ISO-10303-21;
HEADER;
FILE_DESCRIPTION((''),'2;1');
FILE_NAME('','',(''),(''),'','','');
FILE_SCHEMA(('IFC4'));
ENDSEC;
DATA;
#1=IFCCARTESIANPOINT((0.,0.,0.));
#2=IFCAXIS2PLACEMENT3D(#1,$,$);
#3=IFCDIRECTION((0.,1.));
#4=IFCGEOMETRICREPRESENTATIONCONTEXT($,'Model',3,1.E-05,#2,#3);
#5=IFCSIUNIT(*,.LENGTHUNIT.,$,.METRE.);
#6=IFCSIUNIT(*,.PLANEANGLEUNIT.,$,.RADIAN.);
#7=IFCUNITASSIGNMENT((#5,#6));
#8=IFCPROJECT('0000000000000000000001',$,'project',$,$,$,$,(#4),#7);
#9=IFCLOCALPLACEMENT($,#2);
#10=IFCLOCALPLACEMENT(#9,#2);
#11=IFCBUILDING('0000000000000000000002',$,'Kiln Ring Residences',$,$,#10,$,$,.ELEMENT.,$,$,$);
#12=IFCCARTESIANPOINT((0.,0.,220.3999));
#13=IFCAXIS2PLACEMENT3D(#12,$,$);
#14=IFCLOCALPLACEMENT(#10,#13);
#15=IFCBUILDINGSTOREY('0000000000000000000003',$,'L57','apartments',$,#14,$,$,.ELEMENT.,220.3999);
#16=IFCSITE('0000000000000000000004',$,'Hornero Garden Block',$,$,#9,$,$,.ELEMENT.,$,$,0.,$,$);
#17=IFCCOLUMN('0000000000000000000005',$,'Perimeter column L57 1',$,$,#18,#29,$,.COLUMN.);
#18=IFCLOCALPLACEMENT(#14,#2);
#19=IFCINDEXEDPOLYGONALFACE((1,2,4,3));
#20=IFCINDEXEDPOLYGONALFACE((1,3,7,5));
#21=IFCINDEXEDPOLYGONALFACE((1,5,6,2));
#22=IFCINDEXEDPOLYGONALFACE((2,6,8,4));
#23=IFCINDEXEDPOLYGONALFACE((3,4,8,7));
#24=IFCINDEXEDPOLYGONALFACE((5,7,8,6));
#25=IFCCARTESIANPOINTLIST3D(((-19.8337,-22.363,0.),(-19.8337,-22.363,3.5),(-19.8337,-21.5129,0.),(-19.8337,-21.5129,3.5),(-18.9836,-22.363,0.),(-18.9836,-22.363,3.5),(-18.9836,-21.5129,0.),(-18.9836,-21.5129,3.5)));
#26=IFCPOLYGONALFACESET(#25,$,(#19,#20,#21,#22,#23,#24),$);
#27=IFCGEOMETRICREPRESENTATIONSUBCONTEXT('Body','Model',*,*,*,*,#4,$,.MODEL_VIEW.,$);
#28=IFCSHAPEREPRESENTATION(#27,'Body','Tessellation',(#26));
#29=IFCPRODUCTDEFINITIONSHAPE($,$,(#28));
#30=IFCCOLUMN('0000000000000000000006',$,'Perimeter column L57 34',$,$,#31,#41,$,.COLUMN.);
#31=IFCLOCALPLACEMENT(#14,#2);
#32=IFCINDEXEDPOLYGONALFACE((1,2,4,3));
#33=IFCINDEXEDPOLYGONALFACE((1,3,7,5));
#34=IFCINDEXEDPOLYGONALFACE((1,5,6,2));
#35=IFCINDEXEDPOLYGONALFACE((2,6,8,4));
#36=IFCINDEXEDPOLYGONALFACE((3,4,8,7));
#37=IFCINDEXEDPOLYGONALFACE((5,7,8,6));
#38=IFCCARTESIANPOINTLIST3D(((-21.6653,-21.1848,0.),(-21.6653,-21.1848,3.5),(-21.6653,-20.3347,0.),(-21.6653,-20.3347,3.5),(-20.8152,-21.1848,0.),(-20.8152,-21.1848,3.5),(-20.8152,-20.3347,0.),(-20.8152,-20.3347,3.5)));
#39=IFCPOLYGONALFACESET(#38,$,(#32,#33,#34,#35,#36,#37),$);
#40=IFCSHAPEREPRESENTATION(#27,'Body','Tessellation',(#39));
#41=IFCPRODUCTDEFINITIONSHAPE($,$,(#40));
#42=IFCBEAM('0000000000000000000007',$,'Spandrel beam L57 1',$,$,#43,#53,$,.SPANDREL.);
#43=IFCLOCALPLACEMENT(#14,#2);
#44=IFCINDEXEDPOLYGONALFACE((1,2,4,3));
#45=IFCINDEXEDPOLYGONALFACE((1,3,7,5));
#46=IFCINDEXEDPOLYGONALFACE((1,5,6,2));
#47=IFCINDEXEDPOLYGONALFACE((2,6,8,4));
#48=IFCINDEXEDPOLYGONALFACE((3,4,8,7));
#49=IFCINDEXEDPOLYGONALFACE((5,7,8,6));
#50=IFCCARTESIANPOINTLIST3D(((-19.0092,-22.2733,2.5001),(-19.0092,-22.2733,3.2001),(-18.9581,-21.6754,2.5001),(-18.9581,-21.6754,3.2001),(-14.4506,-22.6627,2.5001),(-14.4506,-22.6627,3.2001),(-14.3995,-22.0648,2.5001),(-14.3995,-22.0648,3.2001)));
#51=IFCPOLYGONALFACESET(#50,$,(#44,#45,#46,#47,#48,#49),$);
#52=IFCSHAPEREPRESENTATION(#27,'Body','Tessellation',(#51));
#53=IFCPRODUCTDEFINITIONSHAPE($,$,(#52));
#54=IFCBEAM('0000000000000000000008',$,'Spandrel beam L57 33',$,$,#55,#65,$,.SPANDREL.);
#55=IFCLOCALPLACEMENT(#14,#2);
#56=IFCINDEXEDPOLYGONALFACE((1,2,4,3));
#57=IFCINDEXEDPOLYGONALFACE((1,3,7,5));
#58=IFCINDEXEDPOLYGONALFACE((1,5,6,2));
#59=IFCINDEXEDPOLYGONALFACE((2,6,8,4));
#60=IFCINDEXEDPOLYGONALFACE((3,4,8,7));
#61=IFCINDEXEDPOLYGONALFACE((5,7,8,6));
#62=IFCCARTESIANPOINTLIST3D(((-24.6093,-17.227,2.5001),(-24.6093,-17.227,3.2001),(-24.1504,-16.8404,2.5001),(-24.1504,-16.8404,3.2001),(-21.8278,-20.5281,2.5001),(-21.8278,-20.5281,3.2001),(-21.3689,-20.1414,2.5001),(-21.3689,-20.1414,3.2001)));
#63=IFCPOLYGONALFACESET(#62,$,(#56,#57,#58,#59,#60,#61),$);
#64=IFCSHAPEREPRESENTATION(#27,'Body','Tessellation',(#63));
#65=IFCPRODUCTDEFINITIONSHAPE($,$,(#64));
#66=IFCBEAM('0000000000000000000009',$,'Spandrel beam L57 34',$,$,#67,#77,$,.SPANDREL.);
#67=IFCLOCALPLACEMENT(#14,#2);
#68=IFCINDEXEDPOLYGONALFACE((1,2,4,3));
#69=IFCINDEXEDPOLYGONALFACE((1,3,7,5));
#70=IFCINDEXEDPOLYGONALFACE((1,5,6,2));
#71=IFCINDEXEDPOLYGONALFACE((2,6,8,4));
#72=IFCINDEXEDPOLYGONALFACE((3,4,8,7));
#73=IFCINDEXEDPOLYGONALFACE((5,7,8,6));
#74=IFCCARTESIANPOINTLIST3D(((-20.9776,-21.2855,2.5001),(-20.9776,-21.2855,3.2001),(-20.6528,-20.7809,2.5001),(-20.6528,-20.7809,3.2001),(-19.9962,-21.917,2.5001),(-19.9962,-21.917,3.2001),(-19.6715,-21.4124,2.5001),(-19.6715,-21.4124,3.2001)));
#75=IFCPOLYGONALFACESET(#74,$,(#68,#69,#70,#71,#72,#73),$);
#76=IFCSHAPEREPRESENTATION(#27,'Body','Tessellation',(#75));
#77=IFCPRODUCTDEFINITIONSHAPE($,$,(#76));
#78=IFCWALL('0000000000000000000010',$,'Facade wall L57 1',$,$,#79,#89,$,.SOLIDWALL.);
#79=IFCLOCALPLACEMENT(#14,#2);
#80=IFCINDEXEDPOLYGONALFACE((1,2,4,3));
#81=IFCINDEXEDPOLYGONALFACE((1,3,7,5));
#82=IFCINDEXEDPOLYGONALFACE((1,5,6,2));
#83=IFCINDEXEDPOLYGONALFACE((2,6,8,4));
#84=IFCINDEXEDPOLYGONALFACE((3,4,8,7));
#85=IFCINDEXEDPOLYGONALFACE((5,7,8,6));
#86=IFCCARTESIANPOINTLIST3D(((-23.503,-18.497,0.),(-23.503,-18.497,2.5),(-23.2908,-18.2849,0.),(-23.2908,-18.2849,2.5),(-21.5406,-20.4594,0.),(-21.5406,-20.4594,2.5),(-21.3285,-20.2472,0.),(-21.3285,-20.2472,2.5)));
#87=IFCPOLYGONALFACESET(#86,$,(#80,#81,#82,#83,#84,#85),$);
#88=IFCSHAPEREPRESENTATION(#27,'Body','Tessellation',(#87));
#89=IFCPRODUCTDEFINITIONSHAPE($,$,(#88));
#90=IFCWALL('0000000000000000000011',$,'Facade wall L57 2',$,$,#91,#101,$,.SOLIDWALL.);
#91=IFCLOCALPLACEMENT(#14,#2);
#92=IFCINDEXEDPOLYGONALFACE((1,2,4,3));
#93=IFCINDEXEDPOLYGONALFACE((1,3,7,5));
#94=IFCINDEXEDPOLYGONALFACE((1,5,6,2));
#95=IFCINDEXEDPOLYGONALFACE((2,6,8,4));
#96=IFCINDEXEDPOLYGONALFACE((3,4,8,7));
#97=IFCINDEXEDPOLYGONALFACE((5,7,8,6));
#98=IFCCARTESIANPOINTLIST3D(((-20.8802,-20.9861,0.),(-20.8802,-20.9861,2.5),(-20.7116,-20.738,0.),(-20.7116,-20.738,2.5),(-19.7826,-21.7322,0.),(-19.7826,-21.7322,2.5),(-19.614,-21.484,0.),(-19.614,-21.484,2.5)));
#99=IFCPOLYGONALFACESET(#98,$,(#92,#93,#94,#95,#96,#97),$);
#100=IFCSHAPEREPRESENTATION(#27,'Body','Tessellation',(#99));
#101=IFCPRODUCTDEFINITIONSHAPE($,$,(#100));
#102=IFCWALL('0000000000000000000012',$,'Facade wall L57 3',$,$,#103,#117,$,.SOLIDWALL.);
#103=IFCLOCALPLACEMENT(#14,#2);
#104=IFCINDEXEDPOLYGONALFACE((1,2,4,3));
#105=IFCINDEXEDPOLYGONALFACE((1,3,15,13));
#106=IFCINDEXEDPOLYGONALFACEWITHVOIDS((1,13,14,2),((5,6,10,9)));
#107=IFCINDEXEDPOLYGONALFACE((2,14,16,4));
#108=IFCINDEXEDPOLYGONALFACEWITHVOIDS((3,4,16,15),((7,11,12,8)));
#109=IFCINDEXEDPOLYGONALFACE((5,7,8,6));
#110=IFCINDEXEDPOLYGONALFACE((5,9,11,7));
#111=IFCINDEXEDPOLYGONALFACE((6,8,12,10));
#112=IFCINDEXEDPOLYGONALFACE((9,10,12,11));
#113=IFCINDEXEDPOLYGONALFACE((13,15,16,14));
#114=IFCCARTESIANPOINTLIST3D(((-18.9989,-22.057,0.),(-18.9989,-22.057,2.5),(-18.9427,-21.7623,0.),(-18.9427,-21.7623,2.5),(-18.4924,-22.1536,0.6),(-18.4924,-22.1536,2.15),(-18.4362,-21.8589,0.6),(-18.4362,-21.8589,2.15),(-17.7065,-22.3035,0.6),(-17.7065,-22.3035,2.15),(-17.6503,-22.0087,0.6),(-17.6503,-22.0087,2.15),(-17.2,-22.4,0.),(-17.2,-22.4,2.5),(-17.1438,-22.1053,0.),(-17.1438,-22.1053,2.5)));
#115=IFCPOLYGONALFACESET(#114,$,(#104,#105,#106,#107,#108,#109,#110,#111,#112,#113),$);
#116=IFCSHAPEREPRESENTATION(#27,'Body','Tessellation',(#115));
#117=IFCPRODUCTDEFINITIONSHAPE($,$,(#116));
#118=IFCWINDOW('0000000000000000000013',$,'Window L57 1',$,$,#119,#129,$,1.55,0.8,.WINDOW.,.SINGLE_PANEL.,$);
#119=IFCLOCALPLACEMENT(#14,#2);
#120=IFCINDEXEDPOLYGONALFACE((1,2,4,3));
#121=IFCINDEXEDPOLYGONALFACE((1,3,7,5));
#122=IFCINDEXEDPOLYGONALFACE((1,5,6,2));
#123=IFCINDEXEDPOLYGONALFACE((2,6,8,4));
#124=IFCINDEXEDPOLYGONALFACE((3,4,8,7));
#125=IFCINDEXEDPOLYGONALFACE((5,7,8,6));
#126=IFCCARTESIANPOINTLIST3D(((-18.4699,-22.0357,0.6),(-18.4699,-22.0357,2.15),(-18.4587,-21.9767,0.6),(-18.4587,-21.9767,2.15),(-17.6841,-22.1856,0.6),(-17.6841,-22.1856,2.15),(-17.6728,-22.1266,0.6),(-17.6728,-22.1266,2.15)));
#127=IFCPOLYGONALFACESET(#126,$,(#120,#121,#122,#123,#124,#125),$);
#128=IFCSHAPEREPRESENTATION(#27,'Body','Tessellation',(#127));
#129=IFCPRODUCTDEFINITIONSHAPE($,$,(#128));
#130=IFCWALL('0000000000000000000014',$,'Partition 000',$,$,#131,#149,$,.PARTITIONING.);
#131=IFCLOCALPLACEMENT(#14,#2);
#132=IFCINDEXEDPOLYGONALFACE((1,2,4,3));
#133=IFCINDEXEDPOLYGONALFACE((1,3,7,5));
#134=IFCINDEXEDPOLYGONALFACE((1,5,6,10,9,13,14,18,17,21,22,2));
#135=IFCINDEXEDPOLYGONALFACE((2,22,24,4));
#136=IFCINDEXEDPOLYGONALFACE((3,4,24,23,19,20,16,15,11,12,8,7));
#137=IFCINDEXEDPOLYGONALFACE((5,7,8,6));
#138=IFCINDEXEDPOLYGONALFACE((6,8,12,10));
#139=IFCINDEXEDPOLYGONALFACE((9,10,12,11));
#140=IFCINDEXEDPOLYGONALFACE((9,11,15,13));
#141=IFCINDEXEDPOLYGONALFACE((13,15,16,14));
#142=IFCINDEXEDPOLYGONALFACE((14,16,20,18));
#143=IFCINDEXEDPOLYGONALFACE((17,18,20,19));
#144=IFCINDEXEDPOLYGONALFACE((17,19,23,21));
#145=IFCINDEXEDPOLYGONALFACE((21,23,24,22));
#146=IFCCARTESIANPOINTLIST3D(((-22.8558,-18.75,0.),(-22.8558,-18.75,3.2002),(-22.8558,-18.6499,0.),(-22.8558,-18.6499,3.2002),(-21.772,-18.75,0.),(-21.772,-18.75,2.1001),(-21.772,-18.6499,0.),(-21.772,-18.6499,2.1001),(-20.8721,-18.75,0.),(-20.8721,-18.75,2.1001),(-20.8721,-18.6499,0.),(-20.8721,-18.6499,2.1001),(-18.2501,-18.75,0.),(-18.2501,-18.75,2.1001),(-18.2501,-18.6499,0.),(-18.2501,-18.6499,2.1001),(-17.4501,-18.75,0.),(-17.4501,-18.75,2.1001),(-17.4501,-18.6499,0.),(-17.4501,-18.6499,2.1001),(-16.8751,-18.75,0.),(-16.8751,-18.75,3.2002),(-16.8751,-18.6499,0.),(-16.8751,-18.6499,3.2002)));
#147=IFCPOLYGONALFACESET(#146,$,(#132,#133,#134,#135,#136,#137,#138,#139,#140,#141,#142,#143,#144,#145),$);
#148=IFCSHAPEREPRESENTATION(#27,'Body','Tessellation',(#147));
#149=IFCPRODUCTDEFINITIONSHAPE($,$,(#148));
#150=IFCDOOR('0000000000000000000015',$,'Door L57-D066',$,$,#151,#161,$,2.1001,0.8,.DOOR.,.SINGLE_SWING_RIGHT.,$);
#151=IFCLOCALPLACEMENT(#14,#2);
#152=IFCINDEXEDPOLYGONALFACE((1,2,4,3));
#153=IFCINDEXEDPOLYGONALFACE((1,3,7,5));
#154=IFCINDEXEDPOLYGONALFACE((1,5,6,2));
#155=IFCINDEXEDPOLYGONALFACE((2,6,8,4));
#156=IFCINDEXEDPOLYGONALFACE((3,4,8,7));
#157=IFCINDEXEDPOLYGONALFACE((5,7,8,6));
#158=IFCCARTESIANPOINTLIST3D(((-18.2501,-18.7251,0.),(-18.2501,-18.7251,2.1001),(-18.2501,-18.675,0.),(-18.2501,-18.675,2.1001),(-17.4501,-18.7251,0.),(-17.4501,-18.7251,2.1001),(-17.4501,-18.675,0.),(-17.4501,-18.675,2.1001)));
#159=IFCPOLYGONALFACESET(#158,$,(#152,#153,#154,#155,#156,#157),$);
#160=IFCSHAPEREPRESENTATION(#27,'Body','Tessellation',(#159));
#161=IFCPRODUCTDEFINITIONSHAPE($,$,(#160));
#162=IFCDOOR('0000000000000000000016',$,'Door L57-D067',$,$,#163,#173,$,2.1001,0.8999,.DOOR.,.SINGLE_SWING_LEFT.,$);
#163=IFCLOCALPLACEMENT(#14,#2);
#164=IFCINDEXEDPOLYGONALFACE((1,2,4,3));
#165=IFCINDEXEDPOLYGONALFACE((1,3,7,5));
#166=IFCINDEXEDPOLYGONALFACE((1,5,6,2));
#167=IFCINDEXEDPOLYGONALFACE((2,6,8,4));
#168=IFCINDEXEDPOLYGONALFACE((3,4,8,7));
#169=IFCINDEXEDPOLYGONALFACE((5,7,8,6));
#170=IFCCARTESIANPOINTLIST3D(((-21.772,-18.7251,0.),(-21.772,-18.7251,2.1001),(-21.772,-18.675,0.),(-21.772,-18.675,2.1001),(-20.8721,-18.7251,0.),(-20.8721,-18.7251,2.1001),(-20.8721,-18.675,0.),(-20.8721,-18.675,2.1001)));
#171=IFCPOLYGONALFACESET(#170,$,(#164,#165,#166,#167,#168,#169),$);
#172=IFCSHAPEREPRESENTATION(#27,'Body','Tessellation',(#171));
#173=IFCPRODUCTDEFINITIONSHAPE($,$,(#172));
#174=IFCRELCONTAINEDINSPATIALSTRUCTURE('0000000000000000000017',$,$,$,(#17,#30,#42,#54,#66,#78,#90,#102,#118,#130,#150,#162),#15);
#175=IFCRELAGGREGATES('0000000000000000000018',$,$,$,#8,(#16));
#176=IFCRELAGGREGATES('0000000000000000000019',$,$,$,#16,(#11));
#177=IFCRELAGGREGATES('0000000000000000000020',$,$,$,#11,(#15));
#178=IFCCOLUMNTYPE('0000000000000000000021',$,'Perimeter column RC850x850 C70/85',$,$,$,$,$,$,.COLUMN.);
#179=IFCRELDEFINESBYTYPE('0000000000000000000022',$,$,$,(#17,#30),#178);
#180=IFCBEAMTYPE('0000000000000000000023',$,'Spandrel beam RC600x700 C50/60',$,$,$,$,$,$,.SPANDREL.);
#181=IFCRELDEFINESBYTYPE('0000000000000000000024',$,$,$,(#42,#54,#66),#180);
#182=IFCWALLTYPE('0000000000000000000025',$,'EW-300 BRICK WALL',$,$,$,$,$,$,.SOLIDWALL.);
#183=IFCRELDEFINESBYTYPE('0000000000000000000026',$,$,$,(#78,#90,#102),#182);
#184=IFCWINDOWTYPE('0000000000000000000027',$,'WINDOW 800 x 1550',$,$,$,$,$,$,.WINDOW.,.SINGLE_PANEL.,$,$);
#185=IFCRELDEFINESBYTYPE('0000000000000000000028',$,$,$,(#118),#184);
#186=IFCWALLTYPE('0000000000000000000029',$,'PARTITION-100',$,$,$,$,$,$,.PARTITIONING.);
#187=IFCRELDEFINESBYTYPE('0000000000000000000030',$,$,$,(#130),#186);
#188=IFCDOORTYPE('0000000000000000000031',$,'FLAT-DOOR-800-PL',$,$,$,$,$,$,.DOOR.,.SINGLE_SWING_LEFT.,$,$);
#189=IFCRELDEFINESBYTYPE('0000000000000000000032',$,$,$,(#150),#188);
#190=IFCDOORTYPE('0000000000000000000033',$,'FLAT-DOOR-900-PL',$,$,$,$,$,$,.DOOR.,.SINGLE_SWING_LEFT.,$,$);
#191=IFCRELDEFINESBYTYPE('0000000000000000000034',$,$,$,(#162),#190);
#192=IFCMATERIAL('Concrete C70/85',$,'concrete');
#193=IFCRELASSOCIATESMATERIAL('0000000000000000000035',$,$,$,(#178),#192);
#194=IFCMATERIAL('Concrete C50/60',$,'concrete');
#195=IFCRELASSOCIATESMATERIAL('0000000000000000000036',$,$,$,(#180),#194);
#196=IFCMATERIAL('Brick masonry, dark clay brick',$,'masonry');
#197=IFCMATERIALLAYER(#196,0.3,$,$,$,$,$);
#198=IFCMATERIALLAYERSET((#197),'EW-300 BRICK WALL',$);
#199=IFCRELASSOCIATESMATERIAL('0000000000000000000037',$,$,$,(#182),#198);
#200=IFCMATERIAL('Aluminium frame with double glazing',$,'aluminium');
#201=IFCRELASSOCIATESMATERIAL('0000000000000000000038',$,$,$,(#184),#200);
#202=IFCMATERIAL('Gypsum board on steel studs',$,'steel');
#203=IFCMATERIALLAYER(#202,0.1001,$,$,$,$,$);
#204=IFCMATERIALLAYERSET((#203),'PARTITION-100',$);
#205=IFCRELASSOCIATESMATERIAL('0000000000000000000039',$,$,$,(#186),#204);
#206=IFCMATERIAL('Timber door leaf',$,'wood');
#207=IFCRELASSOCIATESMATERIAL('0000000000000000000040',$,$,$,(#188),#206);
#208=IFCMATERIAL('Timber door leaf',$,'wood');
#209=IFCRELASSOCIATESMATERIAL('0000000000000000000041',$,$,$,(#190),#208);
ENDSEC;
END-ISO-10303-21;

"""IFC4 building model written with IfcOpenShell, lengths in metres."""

from ifc_helpers import new_model, si_unit, direction, frame, frame_2d, origin, origin_2d, place, context, subcontext, project, spatial, rectangle, extrude, material, layer, layer_set, material_profile, profile_set, type_object, element, fill, save


model = new_model("IFC4")

# Units and contexts
model_context = context("Model", 3, precision=1e-05, world=origin(), true_north=direction((0.0, 1.0)))
body_context = subcontext(model_context, "Body", "Model", "MODEL_VIEW")
ifc_project = project(units=[si_unit("LENGTHUNIT", "METRE"), si_unit("PLANEANGLEUNIT", "RADIAN")], contexts=[model_context])

# Site, building, storey
site_placement = place(None, origin())
site = spatial("IfcSite", under=ifc_project, at=site_placement, Name="Hornero Garden Block", CompositionType="ELEMENT", RefElevation=0.0)
building_placement = place(site_placement, origin())
building = spatial("IfcBuilding", under=site, at=building_placement, Name="Kiln Ring Residences", CompositionType="ELEMENT")
storey_placement = place(building_placement, frame((0.0, 0.0, 220.3999)))
storey = spatial("IfcBuildingStorey", under=building, at=storey_placement, Name="L57", Description="apartments", CompositionType="ELEMENT", Elevation=220.3999)

# Columns
ifc_material_1 = material(Name="Concrete C70/85", Category="concrete")
ifc_material_profile_1 = material_profile(ifc_material_1, rectangle(XDim=0.8501, YDim=0.8501, at=origin_2d()), Name="RC850x850")
ifc_profile_set_1 = profile_set([ifc_material_profile_1], Name="Concrete C70/85")
column_type = type_object("IfcColumnType", Name="Perimeter column RC850x850 C70/85", PredefinedType="COLUMN", material=ifc_profile_set_1)
for number, where, z_axis, x_axis, name in (
    (1, (-19.4087, -21.938, 0.0), (0.0, 0.0, 1.0), (1.0, 0.0, 0.0), "Perimeter column L57 1"),
    (2, (-21.2402, -20.7598, 0.0), (0.0, 0.0, 1.0), (1.0, 0.0, 0.0), "Perimeter column L57 34"),
):
    element("IfcColumn", number, at=place(storey_placement, frame(where, z_axis=z_axis, x_axis=x_axis)), inside=storey, type_object=column_type, Name=name, PredefinedType="COLUMN", context=body_context, shape_type="SweptSolid", body=[
        extrude(rectangle(XDim=0.8501, YDim=0.8501, at=origin_2d()), origin(), (0.0, 0.0, 1.0), 3.5),
    ])

# Beams
ifc_material_2 = material(Name="Concrete C50/60", Category="concrete")
ifc_material_profile_2 = material_profile(ifc_material_2, rectangle(XDim=0.6001, YDim=0.7, at=origin_2d()), Name="RC600x700")
ifc_profile_set_2 = profile_set([ifc_material_profile_2], Name="Concrete C50/60")
beam_type = type_object("IfcBeamType", Name="Spandrel beam RC600x700 C50/60", PredefinedType="SPANDREL", material=ifc_profile_set_2)
beam_1_placement = place(storey_placement, frame((-18.9836, -21.9744, 2.8501), z_axis=(0.996371, -0.085112, 0.0), x_axis=(0.085112, 0.996371, 0.0)))
element("IfcBeam", 3, at=beam_1_placement, inside=storey, type_object=beam_type, Name="Spandrel beam L57 1", PredefinedType="SPANDREL", context=body_context, shape_type="SweptSolid", body=[
    extrude(rectangle(XDim=0.6001, YDim=0.7, at=origin_2d()), origin(), (0.0, 0.0, 1.0), 4.5752),
])
beam_2_placement = place(storey_placement, frame((-24.3799, -17.0337, 2.8501), z_axis=(0.644364, -0.764719, 0.0), x_axis=(0.764719, 0.644364, 0.0)))
element("IfcBeam", 4, at=beam_2_placement, inside=storey, type_object=beam_type, Name="Spandrel beam L57 33", PredefinedType="SPANDREL", context=body_context, shape_type="SweptSolid", body=[
    extrude(rectangle(XDim=0.6001, YDim=0.7, at=origin_2d()), origin(), (0.0, 0.0, 1.0), 4.3167),
])
beam_3_placement = place(storey_placement, frame((-20.8152, -21.0332, 2.8501), z_axis=(0.84092, -0.541159, 0.0), x_axis=(0.541159, 0.84092, 0.0)))
element("IfcBeam", 5, at=beam_3_placement, inside=storey, type_object=beam_type, Name="Spandrel beam L57 34", PredefinedType="SPANDREL", context=body_context, shape_type="SweptSolid", body=[
    extrude(rectangle(XDim=0.6001, YDim=0.7, at=origin_2d()), origin(), (0.0, 0.0, 1.0), 1.167),
])

# Walls
ifc_material_3 = material(Name="Brick masonry, dark clay brick", Category="masonry")
ifc_layer_1 = layer(ifc_material_3, 0.3)
ifc_layer_set_1 = layer_set([ifc_layer_1], Name="EW-300 BRICK WALL")
wall_type_1 = type_object("IfcWallType", Name="EW-300 BRICK WALL", PredefinedType="SOLIDWALL", material=ifc_layer_set_1)
wall_1_placement = place(storey_placement, frame((-23.397, -18.3909, 0.0), z_axis=(0.0, 0.0, 1.0), x_axis=(0.707107, -0.707107, 0.0)))
element("IfcWall", 6, at=wall_1_placement, inside=storey, type_object=wall_type_1, Name="Facade wall L57 1", PredefinedType="SOLIDWALL", context=body_context, shape_type="SweptSolid", body=[
    extrude(rectangle(XDim=2.7751, YDim=0.3, at=frame_2d((1.3877, 0.0))), origin(), (0.0, 0.0, 1.0), 2.5),
])
wall_2_placement = place(storey_placement, frame((-20.7959, -20.8621, 0.0), z_axis=(0.0, 0.0, 1.0), x_axis=(0.827036, -0.562149, 0.0)))
element("IfcWall", 7, at=wall_2_placement, inside=storey, type_object=wall_type_1, Name="Facade wall L57 2", PredefinedType="SOLIDWALL", context=body_context, shape_type="SweptSolid", body=[
    extrude(rectangle(XDim=1.3271, YDim=0.3, at=frame_2d((0.6636, 0.0))), origin(), (0.0, 0.0, 1.0), 2.5),
])

# Wall, opening, window
wall_3_placement = place(storey_placement, frame((-18.9707, -21.9097, 0.0), z_axis=(0.0, 0.0, 1.0), x_axis=(0.9823, -0.187314, 0.0)))
wall_3 = element("IfcWall", 8, at=wall_3_placement, inside=storey, type_object=wall_type_1, Name="Facade wall L57 3", PredefinedType="SOLIDWALL", context=body_context, shape_type="SweptSolid", body=[
    extrude(rectangle(XDim=1.8313, YDim=0.3, at=frame_2d((0.9155, 0.0))), origin(), (0.0, 0.0, 1.0), 2.5),
])
opening_1_placement = place(wall_3_placement, frame((0.5156, 0.0, 0.6001)))
opening_1 = element("IfcOpeningElement", 9, at=opening_1_placement, cuts=wall_3, PredefinedType="OPENING", context=body_context, shape_type="SweptSolid", body=[
    extrude(rectangle(XDim=0.8, YDim=1.55, at=frame_2d((0.3999, 0.7749))), frame((0.0, 0.1599, 0.0), z_axis=(0.0, -1.0, 0.0), x_axis=(1.0, 0.0, 0.0)), (0.0, 0.0, 1.0), 0.3201),
])
ifc_material_4 = material(Name="Aluminium frame with double glazing", Category="aluminium")
window_type = type_object("IfcWindowType", Name="WINDOW 800 x 1550", PartitioningType="SINGLE_PANEL", PredefinedType="WINDOW", material=ifc_material_4)
window_placement = place(opening_1_placement, origin())
window = element("IfcWindow", 10, at=window_placement, inside=storey, type_object=window_type, Name="Window L57 1", OverallHeight=1.55, OverallWidth=0.8, PartitioningType="SINGLE_PANEL", PredefinedType="WINDOW", context=body_context, shape_type="SweptSolid", body=[
    extrude(rectangle(XDim=0.8, YDim=1.55, at=frame_2d((0.3999, 0.7749))), frame((0.0, 0.03, 0.0), z_axis=(0.0, -1.0, 0.0), x_axis=(1.0, 0.0, 0.0)), (0.0, 0.0, 1.0), 0.0601),
])
fill(opening_1, window)

# Wall, openings, doors
ifc_material_5 = material(Name="Gypsum board on steel studs", Category="steel")
ifc_layer_2 = layer(ifc_material_5, 0.1001)
ifc_layer_set_2 = layer_set([ifc_layer_2], Name="PARTITION-100")
wall_type_2 = type_object("IfcWallType", Name="PARTITION-100", PredefinedType="PARTITIONING", material=ifc_layer_set_2)
wall_4_placement = place(storey_placement, frame((-22.8557, -18.7, 0.0), z_axis=(0.0, 0.0, 1.0), x_axis=(1.0, 0.0, 0.0)))
wall_4 = element("IfcWall", 11, at=wall_4_placement, inside=storey, type_object=wall_type_2, Name="Partition 000", PredefinedType="PARTITIONING", context=body_context, shape_type="SweptSolid", body=[
    extrude(rectangle(XDim=5.9807, YDim=0.1001, at=frame_2d((2.9902, 0.0))), origin(), (0.0, 0.0, 1.0), 3.2002),
])
opening_2_placement = place(wall_4_placement, frame((4.6057, 0.0, 0.0)))
opening_2 = element("IfcOpeningElement", 12, at=opening_2_placement, cuts=wall_4, PredefinedType="OPENING", context=body_context, shape_type="SweptSolid", body=[
    extrude(rectangle(XDim=0.8, YDim=2.1001, at=frame_2d((0.3999, 1.05))), frame((0.0, 0.0601, 0.0), z_axis=(0.0, -1.0, 0.0), x_axis=(1.0, 0.0, 0.0)), (0.0, 0.0, 1.0), 0.1201),
])
opening_3_placement = place(wall_4_placement, frame((1.0837, 0.0, 0.0)))
opening_3 = element("IfcOpeningElement", 13, at=opening_3_placement, cuts=wall_4, PredefinedType="OPENING", context=body_context, shape_type="SweptSolid", body=[
    extrude(rectangle(XDim=0.8999, YDim=2.1001, at=frame_2d((0.45, 1.05))), frame((0.0, 0.0601, 0.0), z_axis=(0.0, -1.0, 0.0), x_axis=(1.0, 0.0, 0.0)), (0.0, 0.0, 1.0), 0.1201),
])
ifc_material_6 = material(Name="Timber door leaf", Category="wood")
door_type_1 = type_object("IfcDoorType", Name="FLAT-DOOR-800-PL", OperationType="SINGLE_SWING_LEFT", PredefinedType="DOOR", material=ifc_material_6)
door_1_placement = place(opening_2_placement, origin())
door_1 = element("IfcDoor", 14, at=door_1_placement, inside=storey, type_object=door_type_1, Name="Door L57-D066", OperationType="SINGLE_SWING_RIGHT", OverallHeight=2.1001, OverallWidth=0.8, PredefinedType="DOOR", context=body_context, shape_type="SweptSolid", body=[
    extrude(rectangle(XDim=0.8, YDim=2.1001, at=frame_2d((0.3999, 1.05))), frame((0.0, 0.0249, 0.0), z_axis=(0.0, -1.0, 0.0), x_axis=(1.0, 0.0, 0.0)), (0.0, 0.0, 1.0), 0.05),
])
fill(opening_2, door_1)
ifc_material_7 = material(Name="Timber door leaf", Category="wood")
door_type_2 = type_object("IfcDoorType", Name="FLAT-DOOR-900-PL", OperationType="SINGLE_SWING_LEFT", PredefinedType="DOOR", material=ifc_material_7)
door_2_placement = place(opening_3_placement, origin())
door_2 = element("IfcDoor", 15, at=door_2_placement, inside=storey, type_object=door_type_2, Name="Door L57-D067", OperationType="SINGLE_SWING_LEFT", OverallHeight=2.1001, OverallWidth=0.8999, PredefinedType="DOOR", context=body_context, shape_type="SweptSolid", body=[
    extrude(rectangle(XDim=0.8999, YDim=2.1001, at=frame_2d((0.45, 1.05))), frame((0.0, 0.0249, 0.0), z_axis=(0.0, -1.0, 0.0), x_axis=(1.0, 0.0, 0.0)), (0.0, 0.0, 1.0), 0.05),
])
fill(opening_3, door_2)

save(model, "model.ifc")
